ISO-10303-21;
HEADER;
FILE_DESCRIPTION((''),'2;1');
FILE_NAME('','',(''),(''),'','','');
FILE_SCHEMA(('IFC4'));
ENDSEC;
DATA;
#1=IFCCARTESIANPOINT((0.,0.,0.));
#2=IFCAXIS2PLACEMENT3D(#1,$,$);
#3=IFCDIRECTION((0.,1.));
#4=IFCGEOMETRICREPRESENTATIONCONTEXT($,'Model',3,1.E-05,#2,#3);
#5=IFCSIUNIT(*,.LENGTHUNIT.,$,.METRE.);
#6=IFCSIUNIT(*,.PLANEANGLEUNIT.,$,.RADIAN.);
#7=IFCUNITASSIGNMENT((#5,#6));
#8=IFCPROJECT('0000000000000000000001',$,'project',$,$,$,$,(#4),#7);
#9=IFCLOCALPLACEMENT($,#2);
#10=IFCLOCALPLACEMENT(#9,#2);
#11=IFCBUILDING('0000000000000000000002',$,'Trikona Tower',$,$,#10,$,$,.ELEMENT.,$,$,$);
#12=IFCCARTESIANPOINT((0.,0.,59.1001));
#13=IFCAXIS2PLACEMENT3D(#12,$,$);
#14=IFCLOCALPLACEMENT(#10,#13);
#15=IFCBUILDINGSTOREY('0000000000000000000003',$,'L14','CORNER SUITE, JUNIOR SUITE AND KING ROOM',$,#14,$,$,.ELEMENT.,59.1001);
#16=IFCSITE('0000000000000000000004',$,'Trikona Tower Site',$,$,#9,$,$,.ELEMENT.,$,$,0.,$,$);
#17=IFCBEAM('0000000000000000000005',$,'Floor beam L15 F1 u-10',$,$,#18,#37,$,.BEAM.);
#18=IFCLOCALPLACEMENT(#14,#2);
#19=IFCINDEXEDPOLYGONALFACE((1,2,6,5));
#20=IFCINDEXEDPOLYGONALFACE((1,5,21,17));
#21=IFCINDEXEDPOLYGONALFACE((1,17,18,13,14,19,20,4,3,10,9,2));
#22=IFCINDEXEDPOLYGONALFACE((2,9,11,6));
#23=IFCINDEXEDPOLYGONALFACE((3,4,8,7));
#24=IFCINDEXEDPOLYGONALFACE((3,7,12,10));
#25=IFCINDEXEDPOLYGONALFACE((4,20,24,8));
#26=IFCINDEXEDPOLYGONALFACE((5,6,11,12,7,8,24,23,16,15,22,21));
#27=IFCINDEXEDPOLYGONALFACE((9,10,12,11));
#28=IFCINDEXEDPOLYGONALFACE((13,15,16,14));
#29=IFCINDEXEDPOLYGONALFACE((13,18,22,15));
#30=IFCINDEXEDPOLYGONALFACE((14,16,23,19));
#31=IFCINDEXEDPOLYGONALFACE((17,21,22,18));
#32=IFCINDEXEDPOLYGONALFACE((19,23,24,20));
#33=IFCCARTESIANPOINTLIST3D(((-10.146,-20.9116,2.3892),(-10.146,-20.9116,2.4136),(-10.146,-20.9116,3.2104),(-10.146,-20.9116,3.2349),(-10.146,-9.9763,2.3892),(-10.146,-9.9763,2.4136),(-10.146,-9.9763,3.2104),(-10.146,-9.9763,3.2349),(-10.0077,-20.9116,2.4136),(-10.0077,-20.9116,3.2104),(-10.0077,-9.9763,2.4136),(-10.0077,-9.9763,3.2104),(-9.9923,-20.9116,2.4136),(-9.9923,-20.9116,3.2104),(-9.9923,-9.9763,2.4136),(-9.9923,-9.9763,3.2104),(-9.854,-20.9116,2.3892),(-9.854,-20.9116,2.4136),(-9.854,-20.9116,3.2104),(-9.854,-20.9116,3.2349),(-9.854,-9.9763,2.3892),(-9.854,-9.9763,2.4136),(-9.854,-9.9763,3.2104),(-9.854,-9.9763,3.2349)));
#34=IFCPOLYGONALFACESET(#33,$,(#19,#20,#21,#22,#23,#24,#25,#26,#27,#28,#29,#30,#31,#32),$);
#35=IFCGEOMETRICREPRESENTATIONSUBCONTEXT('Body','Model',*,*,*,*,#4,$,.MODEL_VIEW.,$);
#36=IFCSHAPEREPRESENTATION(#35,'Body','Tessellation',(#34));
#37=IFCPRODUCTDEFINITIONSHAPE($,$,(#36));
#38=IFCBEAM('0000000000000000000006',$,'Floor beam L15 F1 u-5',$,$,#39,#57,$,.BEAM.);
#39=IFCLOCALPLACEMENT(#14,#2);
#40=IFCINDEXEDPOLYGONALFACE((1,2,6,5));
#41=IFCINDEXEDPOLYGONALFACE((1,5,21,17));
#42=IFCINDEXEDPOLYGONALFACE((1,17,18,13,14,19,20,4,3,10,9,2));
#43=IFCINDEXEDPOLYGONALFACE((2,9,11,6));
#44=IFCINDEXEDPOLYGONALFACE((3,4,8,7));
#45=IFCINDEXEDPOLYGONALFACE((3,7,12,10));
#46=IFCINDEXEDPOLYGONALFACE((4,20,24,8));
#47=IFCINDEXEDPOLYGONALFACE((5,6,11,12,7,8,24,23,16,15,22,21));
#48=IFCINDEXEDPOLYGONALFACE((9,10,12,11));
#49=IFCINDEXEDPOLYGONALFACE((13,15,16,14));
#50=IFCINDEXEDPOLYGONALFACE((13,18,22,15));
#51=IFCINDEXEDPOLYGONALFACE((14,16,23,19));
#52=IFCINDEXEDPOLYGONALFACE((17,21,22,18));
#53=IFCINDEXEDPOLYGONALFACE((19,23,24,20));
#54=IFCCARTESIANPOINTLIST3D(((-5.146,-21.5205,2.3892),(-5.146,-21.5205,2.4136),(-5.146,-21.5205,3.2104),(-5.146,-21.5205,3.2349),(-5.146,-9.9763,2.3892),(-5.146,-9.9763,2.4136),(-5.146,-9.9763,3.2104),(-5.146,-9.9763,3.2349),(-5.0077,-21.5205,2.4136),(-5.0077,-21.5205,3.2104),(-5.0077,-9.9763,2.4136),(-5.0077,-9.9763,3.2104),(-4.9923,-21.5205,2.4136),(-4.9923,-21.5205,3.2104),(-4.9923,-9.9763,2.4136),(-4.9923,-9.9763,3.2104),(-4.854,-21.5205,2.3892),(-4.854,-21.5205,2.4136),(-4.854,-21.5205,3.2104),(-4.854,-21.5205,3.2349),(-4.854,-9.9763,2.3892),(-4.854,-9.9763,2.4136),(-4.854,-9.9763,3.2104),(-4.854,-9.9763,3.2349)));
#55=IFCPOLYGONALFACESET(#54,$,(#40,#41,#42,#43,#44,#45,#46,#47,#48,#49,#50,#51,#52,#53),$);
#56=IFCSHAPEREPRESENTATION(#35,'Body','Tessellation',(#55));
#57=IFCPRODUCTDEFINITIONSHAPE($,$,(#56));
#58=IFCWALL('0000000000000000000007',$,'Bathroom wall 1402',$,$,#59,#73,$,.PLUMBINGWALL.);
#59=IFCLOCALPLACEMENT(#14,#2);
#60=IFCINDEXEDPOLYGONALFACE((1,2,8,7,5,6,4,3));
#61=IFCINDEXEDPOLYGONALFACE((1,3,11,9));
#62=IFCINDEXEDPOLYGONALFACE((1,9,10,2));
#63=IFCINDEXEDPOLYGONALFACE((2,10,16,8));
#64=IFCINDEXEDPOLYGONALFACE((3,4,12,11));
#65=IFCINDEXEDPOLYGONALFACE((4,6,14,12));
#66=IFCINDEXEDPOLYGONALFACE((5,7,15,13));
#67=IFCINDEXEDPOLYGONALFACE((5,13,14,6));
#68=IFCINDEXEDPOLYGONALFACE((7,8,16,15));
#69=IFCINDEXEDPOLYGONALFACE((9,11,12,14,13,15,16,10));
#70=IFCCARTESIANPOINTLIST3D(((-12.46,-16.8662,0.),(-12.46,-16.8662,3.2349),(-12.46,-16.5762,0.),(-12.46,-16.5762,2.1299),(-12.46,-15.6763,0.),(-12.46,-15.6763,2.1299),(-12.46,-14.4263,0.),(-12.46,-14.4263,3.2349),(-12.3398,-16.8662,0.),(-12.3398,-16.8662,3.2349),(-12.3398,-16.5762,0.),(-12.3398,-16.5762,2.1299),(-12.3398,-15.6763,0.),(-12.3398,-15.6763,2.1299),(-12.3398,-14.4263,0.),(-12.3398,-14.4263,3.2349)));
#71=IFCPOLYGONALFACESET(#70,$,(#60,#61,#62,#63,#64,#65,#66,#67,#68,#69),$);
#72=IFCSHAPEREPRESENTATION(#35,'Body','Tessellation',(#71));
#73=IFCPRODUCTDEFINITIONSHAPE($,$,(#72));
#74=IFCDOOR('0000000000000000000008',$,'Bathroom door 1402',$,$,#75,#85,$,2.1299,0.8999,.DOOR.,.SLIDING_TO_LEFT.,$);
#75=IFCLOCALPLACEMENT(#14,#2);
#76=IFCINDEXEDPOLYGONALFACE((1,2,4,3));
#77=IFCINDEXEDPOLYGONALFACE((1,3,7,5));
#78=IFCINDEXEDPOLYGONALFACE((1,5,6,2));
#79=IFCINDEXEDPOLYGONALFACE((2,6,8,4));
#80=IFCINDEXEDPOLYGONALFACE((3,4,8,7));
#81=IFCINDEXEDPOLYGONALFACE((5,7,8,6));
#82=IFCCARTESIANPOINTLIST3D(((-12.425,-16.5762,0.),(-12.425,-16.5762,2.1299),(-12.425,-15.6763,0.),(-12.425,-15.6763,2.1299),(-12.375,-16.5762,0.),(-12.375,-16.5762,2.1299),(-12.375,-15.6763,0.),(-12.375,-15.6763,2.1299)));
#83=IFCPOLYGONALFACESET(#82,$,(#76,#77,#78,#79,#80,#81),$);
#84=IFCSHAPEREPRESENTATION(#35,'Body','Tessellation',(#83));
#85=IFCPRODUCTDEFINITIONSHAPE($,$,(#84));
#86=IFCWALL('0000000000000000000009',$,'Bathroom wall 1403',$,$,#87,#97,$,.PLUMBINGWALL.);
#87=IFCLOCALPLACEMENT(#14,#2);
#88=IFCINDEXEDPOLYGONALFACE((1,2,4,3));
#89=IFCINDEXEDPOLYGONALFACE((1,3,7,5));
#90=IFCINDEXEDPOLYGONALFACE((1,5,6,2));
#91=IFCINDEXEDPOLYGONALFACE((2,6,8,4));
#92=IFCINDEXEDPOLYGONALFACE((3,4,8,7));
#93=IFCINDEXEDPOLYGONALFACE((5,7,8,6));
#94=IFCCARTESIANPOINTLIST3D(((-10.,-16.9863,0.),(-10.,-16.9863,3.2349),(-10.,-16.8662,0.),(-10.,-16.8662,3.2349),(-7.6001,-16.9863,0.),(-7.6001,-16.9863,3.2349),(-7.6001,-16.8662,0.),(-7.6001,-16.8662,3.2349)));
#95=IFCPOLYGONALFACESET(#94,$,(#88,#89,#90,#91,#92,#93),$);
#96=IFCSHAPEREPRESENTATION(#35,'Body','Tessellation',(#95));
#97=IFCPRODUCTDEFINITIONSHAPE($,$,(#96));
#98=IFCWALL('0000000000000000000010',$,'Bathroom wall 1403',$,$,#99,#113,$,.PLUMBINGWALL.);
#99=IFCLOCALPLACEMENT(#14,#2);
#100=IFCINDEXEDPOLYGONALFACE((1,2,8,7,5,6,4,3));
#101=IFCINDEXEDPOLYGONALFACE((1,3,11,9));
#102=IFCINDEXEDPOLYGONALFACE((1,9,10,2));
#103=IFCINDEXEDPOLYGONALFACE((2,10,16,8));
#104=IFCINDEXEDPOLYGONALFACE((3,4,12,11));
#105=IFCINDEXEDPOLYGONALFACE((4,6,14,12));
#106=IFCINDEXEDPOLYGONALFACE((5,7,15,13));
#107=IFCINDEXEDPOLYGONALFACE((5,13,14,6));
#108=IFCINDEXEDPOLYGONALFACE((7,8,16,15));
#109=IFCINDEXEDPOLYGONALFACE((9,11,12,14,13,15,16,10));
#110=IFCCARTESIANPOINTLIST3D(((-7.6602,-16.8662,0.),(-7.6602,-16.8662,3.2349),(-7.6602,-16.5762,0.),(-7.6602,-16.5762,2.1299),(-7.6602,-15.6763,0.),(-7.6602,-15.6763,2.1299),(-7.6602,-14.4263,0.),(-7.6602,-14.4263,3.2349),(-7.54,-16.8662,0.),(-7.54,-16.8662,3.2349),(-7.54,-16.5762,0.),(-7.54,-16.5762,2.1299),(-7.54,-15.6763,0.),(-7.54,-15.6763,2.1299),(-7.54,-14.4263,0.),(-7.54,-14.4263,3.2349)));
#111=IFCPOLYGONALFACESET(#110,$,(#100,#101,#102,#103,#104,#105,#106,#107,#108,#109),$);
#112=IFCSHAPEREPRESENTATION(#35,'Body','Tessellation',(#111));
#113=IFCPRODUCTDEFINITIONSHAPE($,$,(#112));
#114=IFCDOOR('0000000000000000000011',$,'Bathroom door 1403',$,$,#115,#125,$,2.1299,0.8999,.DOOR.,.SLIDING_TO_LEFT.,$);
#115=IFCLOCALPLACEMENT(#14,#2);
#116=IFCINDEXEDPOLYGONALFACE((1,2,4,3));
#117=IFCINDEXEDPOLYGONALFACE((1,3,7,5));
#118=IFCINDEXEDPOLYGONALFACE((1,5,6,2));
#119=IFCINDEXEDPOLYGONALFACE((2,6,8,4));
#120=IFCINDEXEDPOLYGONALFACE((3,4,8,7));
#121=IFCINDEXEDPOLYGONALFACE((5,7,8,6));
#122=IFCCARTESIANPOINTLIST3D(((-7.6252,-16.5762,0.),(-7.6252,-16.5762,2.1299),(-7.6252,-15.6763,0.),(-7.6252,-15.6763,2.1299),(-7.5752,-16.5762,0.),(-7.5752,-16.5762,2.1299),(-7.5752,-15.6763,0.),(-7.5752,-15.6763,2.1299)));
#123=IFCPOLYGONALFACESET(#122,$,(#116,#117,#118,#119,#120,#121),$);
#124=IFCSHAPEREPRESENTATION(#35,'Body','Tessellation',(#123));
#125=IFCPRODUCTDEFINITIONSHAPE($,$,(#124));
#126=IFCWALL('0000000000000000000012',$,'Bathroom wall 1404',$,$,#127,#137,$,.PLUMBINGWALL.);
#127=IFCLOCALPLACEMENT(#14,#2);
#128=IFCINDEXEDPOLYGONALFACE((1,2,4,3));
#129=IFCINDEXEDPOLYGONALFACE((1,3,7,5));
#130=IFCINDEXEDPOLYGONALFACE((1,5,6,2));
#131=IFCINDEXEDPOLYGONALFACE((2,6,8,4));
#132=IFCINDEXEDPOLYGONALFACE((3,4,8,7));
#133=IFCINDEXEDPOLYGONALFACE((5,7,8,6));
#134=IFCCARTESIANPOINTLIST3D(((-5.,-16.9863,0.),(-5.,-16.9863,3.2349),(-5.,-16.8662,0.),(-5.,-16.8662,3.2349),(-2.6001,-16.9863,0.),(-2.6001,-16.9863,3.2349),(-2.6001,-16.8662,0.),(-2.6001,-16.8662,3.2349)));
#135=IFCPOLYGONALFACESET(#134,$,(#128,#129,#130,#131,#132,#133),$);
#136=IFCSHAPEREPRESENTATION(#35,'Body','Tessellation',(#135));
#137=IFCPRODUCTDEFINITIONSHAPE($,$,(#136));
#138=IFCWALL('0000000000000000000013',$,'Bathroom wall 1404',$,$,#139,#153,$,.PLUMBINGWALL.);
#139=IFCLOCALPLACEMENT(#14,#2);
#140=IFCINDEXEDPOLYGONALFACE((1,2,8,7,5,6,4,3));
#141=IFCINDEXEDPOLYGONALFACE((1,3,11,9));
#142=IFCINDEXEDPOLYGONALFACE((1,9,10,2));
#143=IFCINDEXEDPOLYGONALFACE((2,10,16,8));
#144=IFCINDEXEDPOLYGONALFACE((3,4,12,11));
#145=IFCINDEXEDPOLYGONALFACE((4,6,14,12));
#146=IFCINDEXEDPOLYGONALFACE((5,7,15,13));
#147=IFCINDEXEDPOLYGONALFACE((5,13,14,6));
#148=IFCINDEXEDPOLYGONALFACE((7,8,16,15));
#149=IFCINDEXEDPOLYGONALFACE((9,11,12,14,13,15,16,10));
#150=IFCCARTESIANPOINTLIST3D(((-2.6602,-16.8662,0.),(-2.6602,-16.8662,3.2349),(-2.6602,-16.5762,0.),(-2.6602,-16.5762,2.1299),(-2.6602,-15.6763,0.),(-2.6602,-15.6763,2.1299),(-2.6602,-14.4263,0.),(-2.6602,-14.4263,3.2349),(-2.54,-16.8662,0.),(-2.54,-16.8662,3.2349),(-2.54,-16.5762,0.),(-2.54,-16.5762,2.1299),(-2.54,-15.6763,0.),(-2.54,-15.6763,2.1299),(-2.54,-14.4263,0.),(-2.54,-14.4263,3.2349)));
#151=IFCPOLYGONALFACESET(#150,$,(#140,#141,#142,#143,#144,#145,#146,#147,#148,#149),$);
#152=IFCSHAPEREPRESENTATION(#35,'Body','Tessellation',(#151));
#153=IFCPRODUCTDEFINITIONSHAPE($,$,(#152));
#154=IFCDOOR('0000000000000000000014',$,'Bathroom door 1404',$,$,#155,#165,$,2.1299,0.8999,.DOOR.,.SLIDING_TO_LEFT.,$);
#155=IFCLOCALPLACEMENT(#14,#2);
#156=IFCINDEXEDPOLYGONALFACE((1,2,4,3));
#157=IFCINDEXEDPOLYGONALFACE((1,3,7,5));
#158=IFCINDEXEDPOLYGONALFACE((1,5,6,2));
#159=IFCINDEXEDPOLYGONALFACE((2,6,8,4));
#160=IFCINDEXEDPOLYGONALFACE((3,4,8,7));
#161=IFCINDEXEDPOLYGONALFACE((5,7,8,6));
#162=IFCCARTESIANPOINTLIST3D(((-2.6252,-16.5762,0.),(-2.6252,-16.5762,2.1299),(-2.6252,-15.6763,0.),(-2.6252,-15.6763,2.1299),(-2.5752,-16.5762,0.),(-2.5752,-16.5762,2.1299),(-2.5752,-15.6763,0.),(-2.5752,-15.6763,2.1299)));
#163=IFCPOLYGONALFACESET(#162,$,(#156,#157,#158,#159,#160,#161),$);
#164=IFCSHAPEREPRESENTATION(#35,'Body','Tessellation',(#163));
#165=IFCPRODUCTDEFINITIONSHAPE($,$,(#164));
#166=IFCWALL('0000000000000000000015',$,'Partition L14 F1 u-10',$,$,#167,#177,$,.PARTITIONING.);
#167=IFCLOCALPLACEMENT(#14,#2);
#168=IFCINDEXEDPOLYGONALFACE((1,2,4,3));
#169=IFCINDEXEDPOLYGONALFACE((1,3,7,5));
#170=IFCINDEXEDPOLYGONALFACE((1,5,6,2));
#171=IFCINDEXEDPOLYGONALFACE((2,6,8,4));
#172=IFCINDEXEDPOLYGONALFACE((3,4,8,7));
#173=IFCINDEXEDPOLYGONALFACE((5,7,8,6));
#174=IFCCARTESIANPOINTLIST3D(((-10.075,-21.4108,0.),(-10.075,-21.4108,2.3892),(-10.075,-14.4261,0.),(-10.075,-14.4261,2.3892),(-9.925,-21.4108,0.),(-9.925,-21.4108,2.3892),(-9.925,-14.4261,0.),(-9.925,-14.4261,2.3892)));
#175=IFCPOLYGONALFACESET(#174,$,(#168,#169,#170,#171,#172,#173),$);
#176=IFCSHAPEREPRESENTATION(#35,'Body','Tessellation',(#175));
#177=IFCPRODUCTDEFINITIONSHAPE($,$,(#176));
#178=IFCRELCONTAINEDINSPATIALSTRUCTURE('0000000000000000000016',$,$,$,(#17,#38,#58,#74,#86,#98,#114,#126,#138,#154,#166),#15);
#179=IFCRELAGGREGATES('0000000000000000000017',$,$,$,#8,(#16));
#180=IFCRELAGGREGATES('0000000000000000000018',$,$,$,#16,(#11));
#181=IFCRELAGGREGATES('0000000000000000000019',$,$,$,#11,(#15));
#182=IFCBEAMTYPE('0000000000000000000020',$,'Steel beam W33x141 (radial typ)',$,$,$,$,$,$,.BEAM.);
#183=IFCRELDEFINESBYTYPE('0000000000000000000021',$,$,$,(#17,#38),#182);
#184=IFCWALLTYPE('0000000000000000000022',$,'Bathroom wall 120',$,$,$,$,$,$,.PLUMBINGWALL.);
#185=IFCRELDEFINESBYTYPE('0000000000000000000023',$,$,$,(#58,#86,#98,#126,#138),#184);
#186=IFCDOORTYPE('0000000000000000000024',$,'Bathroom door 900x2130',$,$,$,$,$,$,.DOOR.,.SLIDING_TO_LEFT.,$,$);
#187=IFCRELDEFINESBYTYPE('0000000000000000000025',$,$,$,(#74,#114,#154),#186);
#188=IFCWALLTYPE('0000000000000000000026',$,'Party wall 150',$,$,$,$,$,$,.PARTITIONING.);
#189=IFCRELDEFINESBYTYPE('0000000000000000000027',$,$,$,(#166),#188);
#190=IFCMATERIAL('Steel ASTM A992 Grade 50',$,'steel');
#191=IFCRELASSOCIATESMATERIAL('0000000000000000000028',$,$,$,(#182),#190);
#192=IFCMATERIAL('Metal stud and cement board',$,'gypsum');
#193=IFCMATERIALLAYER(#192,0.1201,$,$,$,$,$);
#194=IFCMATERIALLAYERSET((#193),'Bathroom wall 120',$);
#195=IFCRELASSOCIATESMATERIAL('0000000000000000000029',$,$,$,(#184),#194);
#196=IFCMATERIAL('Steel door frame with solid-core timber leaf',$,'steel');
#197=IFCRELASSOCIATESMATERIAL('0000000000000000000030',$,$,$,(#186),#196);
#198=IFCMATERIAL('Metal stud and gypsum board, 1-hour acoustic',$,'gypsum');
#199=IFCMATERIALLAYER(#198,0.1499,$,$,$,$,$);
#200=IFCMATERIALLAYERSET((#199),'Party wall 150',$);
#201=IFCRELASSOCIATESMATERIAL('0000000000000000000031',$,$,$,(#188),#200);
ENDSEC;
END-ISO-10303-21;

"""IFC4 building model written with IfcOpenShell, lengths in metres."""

from ifc_helpers import new_model, si_unit, direction, frame, frame_2d, origin, origin_2d, place, context, subcontext, project, spatial, rectangle, i_section, extrude, material, layer, layer_set, material_profile, profile_set, type_object, element, fill, save


model = new_model("IFC4")

# Units and contexts
model_context = context("Model", 3, precision=1e-05, world=origin(), true_north=direction((0.0, 1.0)))
body_context = subcontext(model_context, "Body", "Model", "MODEL_VIEW")
ifc_project = project(units=[si_unit("LENGTHUNIT", "METRE"), si_unit("PLANEANGLEUNIT", "RADIAN")], contexts=[model_context])

# Site, building, storey
site_placement = place(None, origin())
site = spatial("IfcSite", under=ifc_project, at=site_placement, Name="Trikona Tower Site", CompositionType="ELEMENT", RefElevation=0.0)
building_placement = place(site_placement, origin())
building = spatial("IfcBuilding", under=site, at=building_placement, Name="Trikona Tower", CompositionType="ELEMENT")
storey_placement = place(building_placement, frame((0.0, 0.0, 59.1001)))
storey = spatial("IfcBuildingStorey", under=building, at=storey_placement, Name="L14", Description="CORNER SUITE, JUNIOR SUITE AND KING ROOM", CompositionType="ELEMENT", Elevation=59.1001)

# Beams
ifc_material_1 = material(Name="Steel ASTM A992 Grade 50", Category="steel")
ifc_material_profile = material_profile(ifc_material_1, i_section(OverallWidth=0.292, OverallDepth=0.8457, WebThickness=0.0154, FlangeThickness=0.0244, at=origin_2d()), Name="W33X141")
ifc_profile_set = profile_set([ifc_material_profile], Name="Steel ASTM A992 Grade 50")
beam_type = type_object("IfcBeamType", Name="Steel beam W33x141 (radial typ)", PredefinedType="BEAM", material=ifc_profile_set)
beam_1_placement = place(storey_placement, frame((-10.0, -9.9763, 2.812), z_axis=(0.0, -1.0, 0.0), x_axis=(1.0, 0.0, 0.0)))
element("IfcBeam", 1, at=beam_1_placement, inside=storey, type_object=beam_type, Name="Floor beam L15 F1 u-10", PredefinedType="BEAM", context=body_context, shape_type="SweptSolid", body=[
    extrude(i_section(OverallWidth=0.292, OverallDepth=0.8457, WebThickness=0.0154, FlangeThickness=0.0244, at=origin_2d()), origin(), (0.0, 0.0, 1.0), 10.9353),
])
beam_2_placement = place(storey_placement, frame((-5.0, -9.9763, 2.812), z_axis=(0.0, -1.0, 0.0), x_axis=(1.0, 0.0, 0.0)))
element("IfcBeam", 2, at=beam_2_placement, inside=storey, type_object=beam_type, Name="Floor beam L15 F1 u-5", PredefinedType="BEAM", context=body_context, shape_type="SweptSolid", body=[
    extrude(i_section(OverallWidth=0.292, OverallDepth=0.8457, WebThickness=0.0154, FlangeThickness=0.0244, at=origin_2d()), origin(), (0.0, 0.0, 1.0), 11.5442),
])

# Wall, opening, door
ifc_material_2 = material(Name="Metal stud and cement board", Category="gypsum")
ifc_layer_1 = layer(ifc_material_2, 0.1201)
ifc_layer_set_1 = layer_set([ifc_layer_1], Name="Bathroom wall 120")
wall_type_1 = type_object("IfcWallType", Name="Bathroom wall 120", PredefinedType="PLUMBINGWALL", material=ifc_layer_set_1)
wall_1_placement = place(storey_placement, frame((-12.3999, -14.4263, 0.0), z_axis=(0.0, 0.0, 1.0), x_axis=(0.0, -1.0, 0.0)))
wall_1 = element("IfcWall", 3, at=wall_1_placement, inside=storey, type_object=wall_type_1, Name="Bathroom wall 1402", PredefinedType="PLUMBINGWALL", context=body_context, shape_type="SweptSolid", body=[
    extrude(rectangle(XDim=2.4399, YDim=0.1201, at=frame_2d((1.22, 0.0))), origin(), (0.0, 0.0, 1.0), 3.2349),
])
opening_1_placement = place(wall_1_placement, frame((1.25, 0.0, 0.0)))
opening_1 = element("IfcOpeningElement", 4, at=opening_1_placement, cuts=wall_1, PredefinedType="OPENING", context=body_context, shape_type="SweptSolid", body=[
    extrude(rectangle(XDim=0.8999, YDim=2.1299, at=frame_2d((0.45, 1.0649))), frame((0.0, 0.0701, 0.0), z_axis=(0.0, -1.0, 0.0), x_axis=(1.0, 0.0, 0.0)), (0.0, 0.0, 1.0), 0.1401),
])
ifc_material_3 = material(Name="Steel door frame with solid-core timber leaf", Category="steel")
door_type_1 = type_object("IfcDoorType", Name="Bathroom door 900x2130", OperationType="SLIDING_TO_LEFT", PredefinedType="DOOR", material=ifc_material_3)
door_1_placement = place(opening_1_placement, origin())
door_1 = element("IfcDoor", 5, at=door_1_placement, inside=storey, type_object=door_type_1, Name="Bathroom door 1402", OperationType="SLIDING_TO_LEFT", OverallHeight=2.1299, OverallWidth=0.8999, PredefinedType="DOOR", context=body_context, shape_type="SweptSolid", body=[
    extrude(rectangle(XDim=0.8999, YDim=2.1299, at=frame_2d((0.45, 1.0649))), frame((0.0, 0.0249, 0.0), z_axis=(0.0, -1.0, 0.0), x_axis=(1.0, 0.0, 0.0)), (0.0, 0.0, 1.0), 0.05),
])
fill(opening_1, door_1)

# Wall
wall_2_placement = place(storey_placement, frame((-10.0, -16.9263, 0.0), z_axis=(0.0, 0.0, 1.0), x_axis=(1.0, 0.0, 0.0)))
element("IfcWall", 6, at=wall_2_placement, inside=storey, type_object=wall_type_1, Name="Bathroom wall 1403", PredefinedType="PLUMBINGWALL", context=body_context, shape_type="SweptSolid", body=[
    extrude(rectangle(XDim=2.3999, YDim=0.1201, at=frame_2d((1.2, 0.0))), origin(), (0.0, 0.0, 1.0), 3.2349),
])

# Wall, opening, door
wall_3_placement = place(storey_placement, frame((-7.6001, -14.4263, 0.0), z_axis=(0.0, 0.0, 1.0), x_axis=(0.0, -1.0, 0.0)))
wall_3 = element("IfcWall", 7, at=wall_3_placement, inside=storey, type_object=wall_type_1, Name="Bathroom wall 1403", PredefinedType="PLUMBINGWALL", context=body_context, shape_type="SweptSolid", body=[
    extrude(rectangle(XDim=2.4399, YDim=0.1201, at=frame_2d((1.22, 0.0))), origin(), (0.0, 0.0, 1.0), 3.2349),
])
opening_2_placement = place(wall_3_placement, frame((1.25, 0.0, 0.0)))
opening_2 = element("IfcOpeningElement", 8, at=opening_2_placement, cuts=wall_3, PredefinedType="OPENING", context=body_context, shape_type="SweptSolid", body=[
    extrude(rectangle(XDim=0.8999, YDim=2.1299, at=frame_2d((0.45, 1.0649))), frame((0.0, 0.0701, 0.0), z_axis=(0.0, -1.0, 0.0), x_axis=(1.0, 0.0, 0.0)), (0.0, 0.0, 1.0), 0.1401),
])
door_2_placement = place(opening_2_placement, origin())
door_2 = element("IfcDoor", 9, at=door_2_placement, inside=storey, type_object=door_type_1, Name="Bathroom door 1403", OperationType="SLIDING_TO_LEFT", OverallHeight=2.1299, OverallWidth=0.8999, PredefinedType="DOOR", context=body_context, shape_type="SweptSolid", body=[
    extrude(rectangle(XDim=0.8999, YDim=2.1299, at=frame_2d((0.45, 1.0649))), frame((0.0, 0.0249, 0.0), z_axis=(0.0, -1.0, 0.0), x_axis=(1.0, 0.0, 0.0)), (0.0, 0.0, 1.0), 0.05),
])
fill(opening_2, door_2)

# Wall
wall_4_placement = place(storey_placement, frame((-5.0, -16.9263, 0.0), z_axis=(0.0, 0.0, 1.0), x_axis=(1.0, 0.0, 0.0)))
element("IfcWall", 10, at=wall_4_placement, inside=storey, type_object=wall_type_1, Name="Bathroom wall 1404", PredefinedType="PLUMBINGWALL", context=body_context, shape_type="SweptSolid", body=[
    extrude(rectangle(XDim=2.3999, YDim=0.1201, at=frame_2d((1.2, 0.0))), origin(), (0.0, 0.0, 1.0), 3.2349),
])

# Wall, opening, door
wall_5_placement = place(storey_placement, frame((-2.6001, -14.4263, 0.0), z_axis=(0.0, 0.0, 1.0), x_axis=(0.0, -1.0, 0.0)))
wall_5 = element("IfcWall", 11, at=wall_5_placement, inside=storey, type_object=wall_type_1, Name="Bathroom wall 1404", PredefinedType="PLUMBINGWALL", context=body_context, shape_type="SweptSolid", body=[
    extrude(rectangle(XDim=2.4399, YDim=0.1201, at=frame_2d((1.22, 0.0))), origin(), (0.0, 0.0, 1.0), 3.2349),
])
opening_3_placement = place(wall_5_placement, frame((1.25, 0.0, 0.0)))
opening_3 = element("IfcOpeningElement", 12, at=opening_3_placement, cuts=wall_5, PredefinedType="OPENING", context=body_context, shape_type="SweptSolid", body=[
    extrude(rectangle(XDim=0.8999, YDim=2.1299, at=frame_2d((0.45, 1.0649))), frame((0.0, 0.0701, 0.0), z_axis=(0.0, -1.0, 0.0), x_axis=(1.0, 0.0, 0.0)), (0.0, 0.0, 1.0), 0.1401),
])
door_3_placement = place(opening_3_placement, origin())
door_3 = element("IfcDoor", 13, at=door_3_placement, inside=storey, type_object=door_type_1, Name="Bathroom door 1404", OperationType="SLIDING_TO_LEFT", OverallHeight=2.1299, OverallWidth=0.8999, PredefinedType="DOOR", context=body_context, shape_type="SweptSolid", body=[
    extrude(rectangle(XDim=0.8999, YDim=2.1299, at=frame_2d((0.45, 1.0649))), frame((0.0, 0.0249, 0.0), z_axis=(0.0, -1.0, 0.0), x_axis=(1.0, 0.0, 0.0)), (0.0, 0.0, 1.0), 0.05),
])
fill(opening_3, door_3)

# Wall
ifc_material_4 = material(Name="Metal stud and gypsum board, 1-hour acoustic", Category="gypsum")
ifc_layer_2 = layer(ifc_material_4, 0.1499)
ifc_layer_set_2 = layer_set([ifc_layer_2], Name="Party wall 150")
wall_type_2 = type_object("IfcWallType", Name="Party wall 150", PredefinedType="PARTITIONING", material=ifc_layer_set_2)
wall_6_placement = place(storey_placement, frame((-10.0, -14.4263, 0.0), z_axis=(0.0, 0.0, 1.0), x_axis=(0.0, -1.0, 0.0)))
element("IfcWall", 14, at=wall_6_placement, inside=storey, type_object=wall_type_2, Name="Partition L14 F1 u-10", PredefinedType="PARTITIONING", context=body_context, shape_type="SweptSolid", body=[
    extrude(rectangle(XDim=6.9846, YDim=0.1499, at=frame_2d((3.4922, 0.0))), origin(), (0.0, 0.0, 1.0), 2.3892),
])

save(model, "model.ifc")
